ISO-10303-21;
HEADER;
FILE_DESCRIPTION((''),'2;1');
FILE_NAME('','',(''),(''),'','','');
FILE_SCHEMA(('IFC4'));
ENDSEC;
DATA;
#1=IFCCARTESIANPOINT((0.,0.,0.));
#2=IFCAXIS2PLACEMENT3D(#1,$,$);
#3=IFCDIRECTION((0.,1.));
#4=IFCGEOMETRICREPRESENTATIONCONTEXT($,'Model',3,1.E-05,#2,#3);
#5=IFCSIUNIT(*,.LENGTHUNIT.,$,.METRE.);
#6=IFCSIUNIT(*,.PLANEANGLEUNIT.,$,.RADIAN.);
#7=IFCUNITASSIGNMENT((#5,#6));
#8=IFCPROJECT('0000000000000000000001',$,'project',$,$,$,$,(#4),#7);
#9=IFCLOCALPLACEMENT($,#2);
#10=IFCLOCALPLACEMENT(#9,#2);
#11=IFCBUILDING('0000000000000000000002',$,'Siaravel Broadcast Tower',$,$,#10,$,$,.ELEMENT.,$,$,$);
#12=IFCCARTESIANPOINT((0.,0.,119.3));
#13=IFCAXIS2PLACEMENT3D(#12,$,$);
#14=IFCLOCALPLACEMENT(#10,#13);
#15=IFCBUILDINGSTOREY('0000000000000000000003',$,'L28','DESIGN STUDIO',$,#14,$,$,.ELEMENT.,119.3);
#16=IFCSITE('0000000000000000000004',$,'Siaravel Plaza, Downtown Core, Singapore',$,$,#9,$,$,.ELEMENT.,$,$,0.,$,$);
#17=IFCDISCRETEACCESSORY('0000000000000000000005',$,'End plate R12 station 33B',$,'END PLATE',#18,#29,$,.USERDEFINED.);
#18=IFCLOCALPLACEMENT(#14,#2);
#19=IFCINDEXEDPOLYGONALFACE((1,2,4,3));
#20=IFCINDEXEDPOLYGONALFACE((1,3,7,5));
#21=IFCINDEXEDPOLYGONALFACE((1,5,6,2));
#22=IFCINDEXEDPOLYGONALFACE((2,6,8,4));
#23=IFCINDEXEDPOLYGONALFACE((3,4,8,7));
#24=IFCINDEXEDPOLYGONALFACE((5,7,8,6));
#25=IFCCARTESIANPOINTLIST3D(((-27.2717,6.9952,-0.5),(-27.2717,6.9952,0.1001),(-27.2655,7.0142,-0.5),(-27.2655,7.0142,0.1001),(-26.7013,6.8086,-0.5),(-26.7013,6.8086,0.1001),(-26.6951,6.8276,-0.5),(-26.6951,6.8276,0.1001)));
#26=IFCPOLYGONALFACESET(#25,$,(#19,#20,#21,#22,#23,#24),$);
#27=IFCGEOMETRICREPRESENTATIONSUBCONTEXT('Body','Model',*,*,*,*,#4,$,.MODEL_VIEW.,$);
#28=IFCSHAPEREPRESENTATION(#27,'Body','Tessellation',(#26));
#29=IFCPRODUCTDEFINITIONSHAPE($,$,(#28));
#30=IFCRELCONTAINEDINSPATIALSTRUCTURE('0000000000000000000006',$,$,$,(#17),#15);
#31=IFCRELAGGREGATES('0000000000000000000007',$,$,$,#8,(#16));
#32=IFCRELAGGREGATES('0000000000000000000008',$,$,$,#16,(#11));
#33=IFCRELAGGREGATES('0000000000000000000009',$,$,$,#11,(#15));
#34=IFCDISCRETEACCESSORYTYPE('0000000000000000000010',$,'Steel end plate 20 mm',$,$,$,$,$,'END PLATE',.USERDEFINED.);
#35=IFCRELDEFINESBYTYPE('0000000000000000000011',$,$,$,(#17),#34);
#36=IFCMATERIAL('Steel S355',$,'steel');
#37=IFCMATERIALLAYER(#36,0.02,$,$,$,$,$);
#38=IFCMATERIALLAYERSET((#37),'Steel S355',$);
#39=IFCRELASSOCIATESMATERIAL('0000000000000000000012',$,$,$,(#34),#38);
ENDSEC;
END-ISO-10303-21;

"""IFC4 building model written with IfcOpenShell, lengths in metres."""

from ifc_helpers import new_model, si_unit, direction, frame, origin, origin_2d, place, context, subcontext, project, spatial, rectangle, extrude, material, layer, layer_set, type_object, element, save


model = new_model("IFC4")

# Units and contexts
model_context = context("Model", 3, precision=1e-05, world=origin(), true_north=direction((0.0, 1.0)))
body_context = subcontext(model_context, "Body", "Model", "MODEL_VIEW")
ifc_project = project(units=[si_unit("LENGTHUNIT", "METRE"), si_unit("PLANEANGLEUNIT", "RADIAN")], contexts=[model_context])

# Site, building, storey
site_placement = place(None, origin())
site = spatial("IfcSite", under=ifc_project, at=site_placement, Name="Siaravel Plaza, Downtown Core, Singapore", CompositionType="ELEMENT", RefElevation=0.0)
building_placement = place(site_placement, origin())
building = spatial("IfcBuilding", under=site, at=building_placement, Name="Siaravel Broadcast Tower", CompositionType="ELEMENT")
storey_placement = place(building_placement, frame((0.0, 0.0, 119.3)))
storey = spatial("IfcBuildingStorey", under=building, at=storey_placement, Name="L28", Description="DESIGN STUDIO", CompositionType="ELEMENT", Elevation=119.3)

# Shared definitions
ifc_material_1 = material(Name="Steel S355", Category="steel")

# Discrete accessory
ifc_layer_1 = layer(ifc_material_1, 0.02)
ifc_layer_set_1 = layer_set([ifc_layer_1], Name="Steel S355")
discrete_accessory_type_1 = type_object("IfcDiscreteAccessoryType", Name="Steel end plate 20 mm", ElementType="END PLATE", PredefinedType="USERDEFINED", material=ifc_layer_set_1)
for number, where, z_axis, x_axis, name in (
    (1, (-26.9834, 6.9114, -0.5), (0.0, 0.0, 1.0), (-0.310909, -0.95044, 0.0), "End plate R12 station 33B"),
):
    element("IfcDiscreteAccessory", number, at=place(storey_placement, frame(where, z_axis=z_axis, x_axis=x_axis)), inside=storey, type_object=discrete_accessory_type_1, Name=name, ObjectType="END PLATE", PredefinedType="USERDEFINED", context=body_context, shape_type="SweptSolid", body=[
        extrude(rectangle(XDim=0.02, YDim=0.6001, at=origin_2d()), origin(), (0.0, 0.0, 1.0), 0.6001),
    ])

save(model, "model.ifc")
